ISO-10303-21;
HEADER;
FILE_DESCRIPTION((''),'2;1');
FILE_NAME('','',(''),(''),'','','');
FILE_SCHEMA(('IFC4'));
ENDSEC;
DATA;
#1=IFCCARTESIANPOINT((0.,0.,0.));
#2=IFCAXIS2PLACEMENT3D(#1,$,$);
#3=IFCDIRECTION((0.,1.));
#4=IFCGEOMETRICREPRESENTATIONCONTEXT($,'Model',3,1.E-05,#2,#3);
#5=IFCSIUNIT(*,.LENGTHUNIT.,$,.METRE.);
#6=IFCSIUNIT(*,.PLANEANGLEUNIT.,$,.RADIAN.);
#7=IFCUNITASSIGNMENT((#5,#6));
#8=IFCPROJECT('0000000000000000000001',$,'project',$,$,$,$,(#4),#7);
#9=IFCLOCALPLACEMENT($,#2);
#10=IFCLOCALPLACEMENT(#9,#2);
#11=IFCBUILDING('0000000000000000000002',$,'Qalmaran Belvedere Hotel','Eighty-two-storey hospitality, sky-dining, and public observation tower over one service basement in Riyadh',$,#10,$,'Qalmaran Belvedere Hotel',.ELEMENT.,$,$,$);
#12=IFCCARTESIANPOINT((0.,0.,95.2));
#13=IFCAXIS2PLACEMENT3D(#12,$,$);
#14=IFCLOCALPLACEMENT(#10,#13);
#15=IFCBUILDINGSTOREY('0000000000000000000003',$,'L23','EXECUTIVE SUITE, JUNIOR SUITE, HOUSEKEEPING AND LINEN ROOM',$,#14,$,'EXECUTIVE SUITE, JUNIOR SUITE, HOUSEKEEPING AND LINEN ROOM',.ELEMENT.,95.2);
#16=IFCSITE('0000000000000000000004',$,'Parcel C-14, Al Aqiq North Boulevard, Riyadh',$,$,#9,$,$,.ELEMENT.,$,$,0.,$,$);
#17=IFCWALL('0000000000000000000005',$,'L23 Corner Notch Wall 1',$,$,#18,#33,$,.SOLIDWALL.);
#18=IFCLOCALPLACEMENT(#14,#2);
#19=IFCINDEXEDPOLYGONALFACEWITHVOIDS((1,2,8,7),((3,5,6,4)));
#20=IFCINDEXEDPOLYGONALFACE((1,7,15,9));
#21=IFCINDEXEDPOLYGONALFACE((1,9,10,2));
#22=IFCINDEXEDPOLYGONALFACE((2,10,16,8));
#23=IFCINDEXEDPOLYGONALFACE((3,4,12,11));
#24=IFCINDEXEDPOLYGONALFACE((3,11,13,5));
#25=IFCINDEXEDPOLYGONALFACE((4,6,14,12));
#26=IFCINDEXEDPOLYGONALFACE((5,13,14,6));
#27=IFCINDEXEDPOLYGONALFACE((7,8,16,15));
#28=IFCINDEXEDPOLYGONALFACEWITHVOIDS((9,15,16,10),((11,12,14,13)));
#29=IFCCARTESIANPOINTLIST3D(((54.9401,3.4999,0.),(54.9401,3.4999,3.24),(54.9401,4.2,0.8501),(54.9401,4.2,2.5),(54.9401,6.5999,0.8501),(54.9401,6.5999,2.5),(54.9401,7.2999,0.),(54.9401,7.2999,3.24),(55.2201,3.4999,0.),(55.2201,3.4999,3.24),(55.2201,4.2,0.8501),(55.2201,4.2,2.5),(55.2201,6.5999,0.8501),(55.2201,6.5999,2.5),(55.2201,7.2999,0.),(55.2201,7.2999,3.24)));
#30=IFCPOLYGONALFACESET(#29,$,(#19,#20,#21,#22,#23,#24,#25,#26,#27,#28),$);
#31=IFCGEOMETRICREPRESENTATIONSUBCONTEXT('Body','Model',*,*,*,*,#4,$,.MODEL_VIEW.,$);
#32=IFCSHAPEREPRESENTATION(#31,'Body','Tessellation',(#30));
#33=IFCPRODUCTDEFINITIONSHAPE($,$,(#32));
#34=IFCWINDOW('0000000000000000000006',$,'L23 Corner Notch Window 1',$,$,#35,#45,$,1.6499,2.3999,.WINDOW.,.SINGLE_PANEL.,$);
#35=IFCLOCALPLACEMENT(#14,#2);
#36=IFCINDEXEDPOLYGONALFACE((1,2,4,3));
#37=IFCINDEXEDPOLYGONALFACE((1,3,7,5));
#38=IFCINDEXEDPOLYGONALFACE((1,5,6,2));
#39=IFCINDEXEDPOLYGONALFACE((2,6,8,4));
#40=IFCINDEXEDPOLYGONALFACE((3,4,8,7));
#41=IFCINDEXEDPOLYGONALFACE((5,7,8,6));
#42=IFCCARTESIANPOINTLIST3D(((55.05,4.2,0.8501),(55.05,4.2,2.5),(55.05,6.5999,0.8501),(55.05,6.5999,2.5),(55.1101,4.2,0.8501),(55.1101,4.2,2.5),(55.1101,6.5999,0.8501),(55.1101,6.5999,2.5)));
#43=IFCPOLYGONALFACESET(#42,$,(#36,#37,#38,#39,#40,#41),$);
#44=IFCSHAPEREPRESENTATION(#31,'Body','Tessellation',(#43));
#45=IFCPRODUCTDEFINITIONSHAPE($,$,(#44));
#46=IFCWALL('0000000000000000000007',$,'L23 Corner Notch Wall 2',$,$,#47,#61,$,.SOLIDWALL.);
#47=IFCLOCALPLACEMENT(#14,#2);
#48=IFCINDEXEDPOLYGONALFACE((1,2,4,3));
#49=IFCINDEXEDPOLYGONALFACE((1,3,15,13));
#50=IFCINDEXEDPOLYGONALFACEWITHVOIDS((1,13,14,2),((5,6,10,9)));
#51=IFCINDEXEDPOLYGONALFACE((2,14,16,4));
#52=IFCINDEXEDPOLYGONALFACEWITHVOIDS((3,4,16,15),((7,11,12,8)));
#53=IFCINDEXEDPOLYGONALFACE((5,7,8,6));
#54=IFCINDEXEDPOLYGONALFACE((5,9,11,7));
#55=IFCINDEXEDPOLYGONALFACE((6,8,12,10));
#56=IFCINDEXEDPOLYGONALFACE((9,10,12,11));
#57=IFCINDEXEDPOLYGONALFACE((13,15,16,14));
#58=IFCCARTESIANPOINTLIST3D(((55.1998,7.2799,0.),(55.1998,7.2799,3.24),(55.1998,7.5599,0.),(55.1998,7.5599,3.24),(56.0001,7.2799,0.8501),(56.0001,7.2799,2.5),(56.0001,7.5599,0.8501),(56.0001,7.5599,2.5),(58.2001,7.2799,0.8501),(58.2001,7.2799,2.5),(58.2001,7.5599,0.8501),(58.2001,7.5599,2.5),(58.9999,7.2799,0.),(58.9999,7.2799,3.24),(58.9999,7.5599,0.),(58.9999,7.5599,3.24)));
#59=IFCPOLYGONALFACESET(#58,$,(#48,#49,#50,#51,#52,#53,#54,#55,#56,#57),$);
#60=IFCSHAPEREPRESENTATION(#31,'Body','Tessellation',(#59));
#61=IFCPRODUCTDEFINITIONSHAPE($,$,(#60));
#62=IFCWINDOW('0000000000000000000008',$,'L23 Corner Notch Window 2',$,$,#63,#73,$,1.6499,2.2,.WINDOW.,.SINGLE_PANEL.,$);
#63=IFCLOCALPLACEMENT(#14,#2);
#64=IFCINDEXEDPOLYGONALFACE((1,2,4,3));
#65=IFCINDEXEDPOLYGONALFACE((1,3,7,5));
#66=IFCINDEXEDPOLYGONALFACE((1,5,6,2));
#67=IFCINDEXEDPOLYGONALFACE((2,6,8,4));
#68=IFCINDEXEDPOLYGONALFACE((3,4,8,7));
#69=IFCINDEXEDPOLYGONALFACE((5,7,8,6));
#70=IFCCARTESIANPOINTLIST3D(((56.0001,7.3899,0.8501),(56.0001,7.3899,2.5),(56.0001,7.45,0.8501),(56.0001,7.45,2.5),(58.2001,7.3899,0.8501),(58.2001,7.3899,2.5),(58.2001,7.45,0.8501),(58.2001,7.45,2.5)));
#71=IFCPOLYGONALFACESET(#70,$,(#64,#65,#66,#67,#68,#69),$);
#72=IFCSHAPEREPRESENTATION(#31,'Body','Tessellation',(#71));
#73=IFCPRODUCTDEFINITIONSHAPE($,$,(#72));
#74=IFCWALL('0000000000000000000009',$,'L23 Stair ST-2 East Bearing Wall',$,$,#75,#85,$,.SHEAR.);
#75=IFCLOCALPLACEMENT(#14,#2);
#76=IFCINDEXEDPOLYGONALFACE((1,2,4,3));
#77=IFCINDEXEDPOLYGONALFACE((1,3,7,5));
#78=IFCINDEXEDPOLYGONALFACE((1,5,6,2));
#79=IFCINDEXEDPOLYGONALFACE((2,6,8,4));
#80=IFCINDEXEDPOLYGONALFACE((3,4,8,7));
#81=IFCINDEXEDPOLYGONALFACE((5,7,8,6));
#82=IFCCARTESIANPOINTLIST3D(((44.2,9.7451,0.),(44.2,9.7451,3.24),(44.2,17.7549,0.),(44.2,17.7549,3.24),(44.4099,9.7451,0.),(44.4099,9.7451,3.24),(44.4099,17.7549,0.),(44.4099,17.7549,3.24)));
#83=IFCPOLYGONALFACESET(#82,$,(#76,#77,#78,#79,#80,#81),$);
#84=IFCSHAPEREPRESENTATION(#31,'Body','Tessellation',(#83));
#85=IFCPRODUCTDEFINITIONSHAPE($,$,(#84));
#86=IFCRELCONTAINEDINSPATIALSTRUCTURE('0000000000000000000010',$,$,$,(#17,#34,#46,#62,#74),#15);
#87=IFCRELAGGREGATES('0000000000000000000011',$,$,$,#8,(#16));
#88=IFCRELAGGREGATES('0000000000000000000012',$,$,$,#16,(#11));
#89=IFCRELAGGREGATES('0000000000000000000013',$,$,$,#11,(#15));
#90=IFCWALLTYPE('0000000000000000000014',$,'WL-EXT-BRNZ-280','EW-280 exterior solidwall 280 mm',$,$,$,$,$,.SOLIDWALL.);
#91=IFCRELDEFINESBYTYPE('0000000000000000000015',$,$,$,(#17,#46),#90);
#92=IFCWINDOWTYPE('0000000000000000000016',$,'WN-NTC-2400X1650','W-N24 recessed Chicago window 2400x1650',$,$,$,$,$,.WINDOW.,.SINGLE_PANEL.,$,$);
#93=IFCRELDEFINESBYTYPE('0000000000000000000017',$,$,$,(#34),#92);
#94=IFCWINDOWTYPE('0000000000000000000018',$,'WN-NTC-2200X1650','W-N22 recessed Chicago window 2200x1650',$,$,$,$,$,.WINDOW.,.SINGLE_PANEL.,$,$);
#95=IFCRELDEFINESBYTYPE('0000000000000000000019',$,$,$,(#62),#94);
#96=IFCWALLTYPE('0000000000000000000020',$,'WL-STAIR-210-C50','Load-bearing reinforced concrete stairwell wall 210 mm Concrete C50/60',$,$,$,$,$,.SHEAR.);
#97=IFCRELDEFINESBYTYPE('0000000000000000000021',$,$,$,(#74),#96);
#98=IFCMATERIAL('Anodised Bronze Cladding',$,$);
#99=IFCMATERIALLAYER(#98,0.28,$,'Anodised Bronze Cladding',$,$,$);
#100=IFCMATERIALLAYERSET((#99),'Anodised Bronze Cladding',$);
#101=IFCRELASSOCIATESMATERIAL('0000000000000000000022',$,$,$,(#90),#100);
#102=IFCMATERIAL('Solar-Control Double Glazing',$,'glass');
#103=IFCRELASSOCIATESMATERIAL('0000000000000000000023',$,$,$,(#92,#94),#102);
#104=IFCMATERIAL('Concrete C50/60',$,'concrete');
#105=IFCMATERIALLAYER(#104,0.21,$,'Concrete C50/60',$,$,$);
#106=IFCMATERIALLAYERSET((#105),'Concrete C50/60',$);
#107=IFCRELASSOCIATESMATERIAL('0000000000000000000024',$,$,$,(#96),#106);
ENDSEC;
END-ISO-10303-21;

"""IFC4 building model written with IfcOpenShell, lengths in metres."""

from ifc_helpers import new_model, si_unit, direction, frame, frame_2d, origin, place, context, subcontext, project, spatial, rectangle, extrude, material, layer, layer_set, type_object, element, fill, save


model = new_model("IFC4")

# Units and contexts
model_context = context("Model", 3, precision=1e-05, world=origin(), true_north=direction((0.0, 1.0)))
body_context = subcontext(model_context, "Body", "Model", "MODEL_VIEW")
ifc_project = project(units=[si_unit("LENGTHUNIT", "METRE"), si_unit("PLANEANGLEUNIT", "RADIAN")], contexts=[model_context])

# Site, building, storey
site_placement = place(None, origin())
site = spatial("IfcSite", under=ifc_project, at=site_placement, Name="Parcel C-14, Al Aqiq North Boulevard, Riyadh", CompositionType="ELEMENT", RefElevation=0.0)
building_placement = place(site_placement, origin())
building = spatial("IfcBuilding", under=site, at=building_placement, Name="Qalmaran Belvedere Hotel", Description="Eighty-two-storey hospitality, sky-dining, and public observation tower over one service basement in Riyadh", LongName="Qalmaran Belvedere Hotel", CompositionType="ELEMENT")
storey_placement = place(building_placement, frame((0.0, 0.0, 95.2)))
storey = spatial("IfcBuildingStorey", under=building, at=storey_placement, Name="L23", Description="EXECUTIVE SUITE, JUNIOR SUITE, HOUSEKEEPING AND LINEN ROOM", LongName="EXECUTIVE SUITE, JUNIOR SUITE, HOUSEKEEPING AND LINEN ROOM", CompositionType="ELEMENT", Elevation=95.2)

# Shared definitions
ifc_material_1 = material(Name="Solar-Control Double Glazing", Category="glass")

# Walls, openings, windows
ifc_material_2 = material(Name="Anodised Bronze Cladding")
ifc_layer_1 = layer(ifc_material_2, 0.28, Name="Anodised Bronze Cladding")
ifc_layer_set_1 = layer_set([ifc_layer_1], Name="Anodised Bronze Cladding")
wall_type_1 = type_object("IfcWallType", Name="WL-EXT-BRNZ-280", Description="EW-280 exterior solidwall 280 mm", PredefinedType="SOLIDWALL", material=ifc_layer_set_1)
wall_1_placement = place(storey_placement, frame((55.0801, 3.5, 0.0), z_axis=(0.0, 0.0, 1.0), x_axis=(0.0, 1.0, 0.0)))
wall_1 = element("IfcWall", 1, at=wall_1_placement, inside=storey, type_object=wall_type_1, Name="L23 Corner Notch Wall 1", PredefinedType="SOLIDWALL", context=body_context, shape_type="SweptSolid", body=[
    extrude(rectangle(XDim=3.8, YDim=0.28, at=frame_2d((1.8999, 0.0))), origin(), (0.0, 0.0, 1.0), 3.24),
])
opening_1_placement = place(wall_1_placement, frame((0.7, 0.0, 0.8501)))
opening_1 = element("IfcOpeningElement", 2, at=opening_1_placement, cuts=wall_1, PredefinedType="OPENING", context=body_context, shape_type="SweptSolid", body=[
    extrude(rectangle(XDim=2.3999, YDim=1.6499, at=frame_2d((1.2, 0.825))), frame((0.0, 0.1499, 0.0), z_axis=(0.0, -1.0, 0.0), x_axis=(1.0, 0.0, 0.0)), (0.0, 0.0, 1.0), 0.3),
])
window_type_1 = type_object("IfcWindowType", Name="WN-NTC-2400X1650", Description="W-N24 recessed Chicago window 2400x1650", PartitioningType="SINGLE_PANEL", PredefinedType="WINDOW", material=ifc_material_1)
window_1_placement = place(opening_1_placement, origin())
window_1 = element("IfcWindow", 3, at=window_1_placement, inside=storey, type_object=window_type_1, Name="L23 Corner Notch Window 1", OverallHeight=1.6499, OverallWidth=2.3999, PartitioningType="SINGLE_PANEL", PredefinedType="WINDOW", context=body_context, shape_type="SweptSolid", body=[
    extrude(rectangle(XDim=2.3999, YDim=1.6499, at=frame_2d((1.2, 0.825))), frame((0.0, 0.03, 0.0), z_axis=(0.0, -1.0, 0.0), x_axis=(1.0, 0.0, 0.0)), (0.0, 0.0, 1.0), 0.0601),
])
fill(opening_1, window_1)
wall_2_placement = place(storey_placement, frame((55.2, 7.4199, 0.0), z_axis=(0.0, 0.0, 1.0), x_axis=(1.0, 0.0, 0.0)))
wall_2 = element("IfcWall", 4, at=wall_2_placement, inside=storey, type_object=wall_type_1, Name="L23 Corner Notch Wall 2", PredefinedType="SOLIDWALL", context=body_context, shape_type="SweptSolid", body=[
    extrude(rectangle(XDim=3.8, YDim=0.28, at=frame_2d((1.8999, 0.0))), origin(), (0.0, 0.0, 1.0), 3.24),
])
opening_2_placement = place(wall_2_placement, frame((0.8, 0.0, 0.8501)))
opening_2 = element("IfcOpeningElement", 5, at=opening_2_placement, cuts=wall_2, PredefinedType="OPENING", context=body_context, shape_type="SweptSolid", body=[
    extrude(rectangle(XDim=2.2, YDim=1.6499, at=frame_2d((1.1001, 0.825))), frame((0.0, 0.1499, 0.0), z_axis=(0.0, -1.0, 0.0), x_axis=(1.0, 0.0, 0.0)), (0.0, 0.0, 1.0), 0.3),
])
window_type_2 = type_object("IfcWindowType", Name="WN-NTC-2200X1650", Description="W-N22 recessed Chicago window 2200x1650", PartitioningType="SINGLE_PANEL", PredefinedType="WINDOW", material=ifc_material_1)
window_2_placement = place(opening_2_placement, origin())
window_2 = element("IfcWindow", 6, at=window_2_placement, inside=storey, type_object=window_type_2, Name="L23 Corner Notch Window 2", OverallHeight=1.6499, OverallWidth=2.2, PartitioningType="SINGLE_PANEL", PredefinedType="WINDOW", context=body_context, shape_type="SweptSolid", body=[
    extrude(rectangle(XDim=2.2, YDim=1.6499, at=frame_2d((1.1001, 0.825))), frame((0.0, 0.03, 0.0), z_axis=(0.0, -1.0, 0.0), x_axis=(1.0, 0.0, 0.0)), (0.0, 0.0, 1.0), 0.0601),
])
fill(opening_2, window_2)

# Wall
ifc_material_3 = material(Name="Concrete C50/60", Category="concrete")
ifc_layer_2 = layer(ifc_material_3, 0.21, Name="Concrete C50/60")
ifc_layer_set_2 = layer_set([ifc_layer_2], Name="Concrete C50/60")
wall_type_2 = type_object("IfcWallType", Name="WL-STAIR-210-C50", Description="Load-bearing reinforced concrete stairwell wall 210 mm Concrete C50/60", PredefinedType="SHEAR", material=ifc_layer_set_2)
wall_3_placement = place(storey_placement, frame((44.3049, 9.7451, 0.0), z_axis=(0.0, 0.0, 1.0), x_axis=(0.0, 1.0, 0.0)))
element("IfcWall", 7, at=wall_3_placement, inside=storey, type_object=wall_type_2, Name="L23 Stair ST-2 East Bearing Wall", PredefinedType="SHEAR", context=body_context, shape_type="SweptSolid", body=[
    extrude(rectangle(XDim=8.0098, YDim=0.21, at=frame_2d((4.0049, 0.0))), origin(), (0.0, 0.0, 1.0), 3.24),
])

save(model, "model.ifc")
